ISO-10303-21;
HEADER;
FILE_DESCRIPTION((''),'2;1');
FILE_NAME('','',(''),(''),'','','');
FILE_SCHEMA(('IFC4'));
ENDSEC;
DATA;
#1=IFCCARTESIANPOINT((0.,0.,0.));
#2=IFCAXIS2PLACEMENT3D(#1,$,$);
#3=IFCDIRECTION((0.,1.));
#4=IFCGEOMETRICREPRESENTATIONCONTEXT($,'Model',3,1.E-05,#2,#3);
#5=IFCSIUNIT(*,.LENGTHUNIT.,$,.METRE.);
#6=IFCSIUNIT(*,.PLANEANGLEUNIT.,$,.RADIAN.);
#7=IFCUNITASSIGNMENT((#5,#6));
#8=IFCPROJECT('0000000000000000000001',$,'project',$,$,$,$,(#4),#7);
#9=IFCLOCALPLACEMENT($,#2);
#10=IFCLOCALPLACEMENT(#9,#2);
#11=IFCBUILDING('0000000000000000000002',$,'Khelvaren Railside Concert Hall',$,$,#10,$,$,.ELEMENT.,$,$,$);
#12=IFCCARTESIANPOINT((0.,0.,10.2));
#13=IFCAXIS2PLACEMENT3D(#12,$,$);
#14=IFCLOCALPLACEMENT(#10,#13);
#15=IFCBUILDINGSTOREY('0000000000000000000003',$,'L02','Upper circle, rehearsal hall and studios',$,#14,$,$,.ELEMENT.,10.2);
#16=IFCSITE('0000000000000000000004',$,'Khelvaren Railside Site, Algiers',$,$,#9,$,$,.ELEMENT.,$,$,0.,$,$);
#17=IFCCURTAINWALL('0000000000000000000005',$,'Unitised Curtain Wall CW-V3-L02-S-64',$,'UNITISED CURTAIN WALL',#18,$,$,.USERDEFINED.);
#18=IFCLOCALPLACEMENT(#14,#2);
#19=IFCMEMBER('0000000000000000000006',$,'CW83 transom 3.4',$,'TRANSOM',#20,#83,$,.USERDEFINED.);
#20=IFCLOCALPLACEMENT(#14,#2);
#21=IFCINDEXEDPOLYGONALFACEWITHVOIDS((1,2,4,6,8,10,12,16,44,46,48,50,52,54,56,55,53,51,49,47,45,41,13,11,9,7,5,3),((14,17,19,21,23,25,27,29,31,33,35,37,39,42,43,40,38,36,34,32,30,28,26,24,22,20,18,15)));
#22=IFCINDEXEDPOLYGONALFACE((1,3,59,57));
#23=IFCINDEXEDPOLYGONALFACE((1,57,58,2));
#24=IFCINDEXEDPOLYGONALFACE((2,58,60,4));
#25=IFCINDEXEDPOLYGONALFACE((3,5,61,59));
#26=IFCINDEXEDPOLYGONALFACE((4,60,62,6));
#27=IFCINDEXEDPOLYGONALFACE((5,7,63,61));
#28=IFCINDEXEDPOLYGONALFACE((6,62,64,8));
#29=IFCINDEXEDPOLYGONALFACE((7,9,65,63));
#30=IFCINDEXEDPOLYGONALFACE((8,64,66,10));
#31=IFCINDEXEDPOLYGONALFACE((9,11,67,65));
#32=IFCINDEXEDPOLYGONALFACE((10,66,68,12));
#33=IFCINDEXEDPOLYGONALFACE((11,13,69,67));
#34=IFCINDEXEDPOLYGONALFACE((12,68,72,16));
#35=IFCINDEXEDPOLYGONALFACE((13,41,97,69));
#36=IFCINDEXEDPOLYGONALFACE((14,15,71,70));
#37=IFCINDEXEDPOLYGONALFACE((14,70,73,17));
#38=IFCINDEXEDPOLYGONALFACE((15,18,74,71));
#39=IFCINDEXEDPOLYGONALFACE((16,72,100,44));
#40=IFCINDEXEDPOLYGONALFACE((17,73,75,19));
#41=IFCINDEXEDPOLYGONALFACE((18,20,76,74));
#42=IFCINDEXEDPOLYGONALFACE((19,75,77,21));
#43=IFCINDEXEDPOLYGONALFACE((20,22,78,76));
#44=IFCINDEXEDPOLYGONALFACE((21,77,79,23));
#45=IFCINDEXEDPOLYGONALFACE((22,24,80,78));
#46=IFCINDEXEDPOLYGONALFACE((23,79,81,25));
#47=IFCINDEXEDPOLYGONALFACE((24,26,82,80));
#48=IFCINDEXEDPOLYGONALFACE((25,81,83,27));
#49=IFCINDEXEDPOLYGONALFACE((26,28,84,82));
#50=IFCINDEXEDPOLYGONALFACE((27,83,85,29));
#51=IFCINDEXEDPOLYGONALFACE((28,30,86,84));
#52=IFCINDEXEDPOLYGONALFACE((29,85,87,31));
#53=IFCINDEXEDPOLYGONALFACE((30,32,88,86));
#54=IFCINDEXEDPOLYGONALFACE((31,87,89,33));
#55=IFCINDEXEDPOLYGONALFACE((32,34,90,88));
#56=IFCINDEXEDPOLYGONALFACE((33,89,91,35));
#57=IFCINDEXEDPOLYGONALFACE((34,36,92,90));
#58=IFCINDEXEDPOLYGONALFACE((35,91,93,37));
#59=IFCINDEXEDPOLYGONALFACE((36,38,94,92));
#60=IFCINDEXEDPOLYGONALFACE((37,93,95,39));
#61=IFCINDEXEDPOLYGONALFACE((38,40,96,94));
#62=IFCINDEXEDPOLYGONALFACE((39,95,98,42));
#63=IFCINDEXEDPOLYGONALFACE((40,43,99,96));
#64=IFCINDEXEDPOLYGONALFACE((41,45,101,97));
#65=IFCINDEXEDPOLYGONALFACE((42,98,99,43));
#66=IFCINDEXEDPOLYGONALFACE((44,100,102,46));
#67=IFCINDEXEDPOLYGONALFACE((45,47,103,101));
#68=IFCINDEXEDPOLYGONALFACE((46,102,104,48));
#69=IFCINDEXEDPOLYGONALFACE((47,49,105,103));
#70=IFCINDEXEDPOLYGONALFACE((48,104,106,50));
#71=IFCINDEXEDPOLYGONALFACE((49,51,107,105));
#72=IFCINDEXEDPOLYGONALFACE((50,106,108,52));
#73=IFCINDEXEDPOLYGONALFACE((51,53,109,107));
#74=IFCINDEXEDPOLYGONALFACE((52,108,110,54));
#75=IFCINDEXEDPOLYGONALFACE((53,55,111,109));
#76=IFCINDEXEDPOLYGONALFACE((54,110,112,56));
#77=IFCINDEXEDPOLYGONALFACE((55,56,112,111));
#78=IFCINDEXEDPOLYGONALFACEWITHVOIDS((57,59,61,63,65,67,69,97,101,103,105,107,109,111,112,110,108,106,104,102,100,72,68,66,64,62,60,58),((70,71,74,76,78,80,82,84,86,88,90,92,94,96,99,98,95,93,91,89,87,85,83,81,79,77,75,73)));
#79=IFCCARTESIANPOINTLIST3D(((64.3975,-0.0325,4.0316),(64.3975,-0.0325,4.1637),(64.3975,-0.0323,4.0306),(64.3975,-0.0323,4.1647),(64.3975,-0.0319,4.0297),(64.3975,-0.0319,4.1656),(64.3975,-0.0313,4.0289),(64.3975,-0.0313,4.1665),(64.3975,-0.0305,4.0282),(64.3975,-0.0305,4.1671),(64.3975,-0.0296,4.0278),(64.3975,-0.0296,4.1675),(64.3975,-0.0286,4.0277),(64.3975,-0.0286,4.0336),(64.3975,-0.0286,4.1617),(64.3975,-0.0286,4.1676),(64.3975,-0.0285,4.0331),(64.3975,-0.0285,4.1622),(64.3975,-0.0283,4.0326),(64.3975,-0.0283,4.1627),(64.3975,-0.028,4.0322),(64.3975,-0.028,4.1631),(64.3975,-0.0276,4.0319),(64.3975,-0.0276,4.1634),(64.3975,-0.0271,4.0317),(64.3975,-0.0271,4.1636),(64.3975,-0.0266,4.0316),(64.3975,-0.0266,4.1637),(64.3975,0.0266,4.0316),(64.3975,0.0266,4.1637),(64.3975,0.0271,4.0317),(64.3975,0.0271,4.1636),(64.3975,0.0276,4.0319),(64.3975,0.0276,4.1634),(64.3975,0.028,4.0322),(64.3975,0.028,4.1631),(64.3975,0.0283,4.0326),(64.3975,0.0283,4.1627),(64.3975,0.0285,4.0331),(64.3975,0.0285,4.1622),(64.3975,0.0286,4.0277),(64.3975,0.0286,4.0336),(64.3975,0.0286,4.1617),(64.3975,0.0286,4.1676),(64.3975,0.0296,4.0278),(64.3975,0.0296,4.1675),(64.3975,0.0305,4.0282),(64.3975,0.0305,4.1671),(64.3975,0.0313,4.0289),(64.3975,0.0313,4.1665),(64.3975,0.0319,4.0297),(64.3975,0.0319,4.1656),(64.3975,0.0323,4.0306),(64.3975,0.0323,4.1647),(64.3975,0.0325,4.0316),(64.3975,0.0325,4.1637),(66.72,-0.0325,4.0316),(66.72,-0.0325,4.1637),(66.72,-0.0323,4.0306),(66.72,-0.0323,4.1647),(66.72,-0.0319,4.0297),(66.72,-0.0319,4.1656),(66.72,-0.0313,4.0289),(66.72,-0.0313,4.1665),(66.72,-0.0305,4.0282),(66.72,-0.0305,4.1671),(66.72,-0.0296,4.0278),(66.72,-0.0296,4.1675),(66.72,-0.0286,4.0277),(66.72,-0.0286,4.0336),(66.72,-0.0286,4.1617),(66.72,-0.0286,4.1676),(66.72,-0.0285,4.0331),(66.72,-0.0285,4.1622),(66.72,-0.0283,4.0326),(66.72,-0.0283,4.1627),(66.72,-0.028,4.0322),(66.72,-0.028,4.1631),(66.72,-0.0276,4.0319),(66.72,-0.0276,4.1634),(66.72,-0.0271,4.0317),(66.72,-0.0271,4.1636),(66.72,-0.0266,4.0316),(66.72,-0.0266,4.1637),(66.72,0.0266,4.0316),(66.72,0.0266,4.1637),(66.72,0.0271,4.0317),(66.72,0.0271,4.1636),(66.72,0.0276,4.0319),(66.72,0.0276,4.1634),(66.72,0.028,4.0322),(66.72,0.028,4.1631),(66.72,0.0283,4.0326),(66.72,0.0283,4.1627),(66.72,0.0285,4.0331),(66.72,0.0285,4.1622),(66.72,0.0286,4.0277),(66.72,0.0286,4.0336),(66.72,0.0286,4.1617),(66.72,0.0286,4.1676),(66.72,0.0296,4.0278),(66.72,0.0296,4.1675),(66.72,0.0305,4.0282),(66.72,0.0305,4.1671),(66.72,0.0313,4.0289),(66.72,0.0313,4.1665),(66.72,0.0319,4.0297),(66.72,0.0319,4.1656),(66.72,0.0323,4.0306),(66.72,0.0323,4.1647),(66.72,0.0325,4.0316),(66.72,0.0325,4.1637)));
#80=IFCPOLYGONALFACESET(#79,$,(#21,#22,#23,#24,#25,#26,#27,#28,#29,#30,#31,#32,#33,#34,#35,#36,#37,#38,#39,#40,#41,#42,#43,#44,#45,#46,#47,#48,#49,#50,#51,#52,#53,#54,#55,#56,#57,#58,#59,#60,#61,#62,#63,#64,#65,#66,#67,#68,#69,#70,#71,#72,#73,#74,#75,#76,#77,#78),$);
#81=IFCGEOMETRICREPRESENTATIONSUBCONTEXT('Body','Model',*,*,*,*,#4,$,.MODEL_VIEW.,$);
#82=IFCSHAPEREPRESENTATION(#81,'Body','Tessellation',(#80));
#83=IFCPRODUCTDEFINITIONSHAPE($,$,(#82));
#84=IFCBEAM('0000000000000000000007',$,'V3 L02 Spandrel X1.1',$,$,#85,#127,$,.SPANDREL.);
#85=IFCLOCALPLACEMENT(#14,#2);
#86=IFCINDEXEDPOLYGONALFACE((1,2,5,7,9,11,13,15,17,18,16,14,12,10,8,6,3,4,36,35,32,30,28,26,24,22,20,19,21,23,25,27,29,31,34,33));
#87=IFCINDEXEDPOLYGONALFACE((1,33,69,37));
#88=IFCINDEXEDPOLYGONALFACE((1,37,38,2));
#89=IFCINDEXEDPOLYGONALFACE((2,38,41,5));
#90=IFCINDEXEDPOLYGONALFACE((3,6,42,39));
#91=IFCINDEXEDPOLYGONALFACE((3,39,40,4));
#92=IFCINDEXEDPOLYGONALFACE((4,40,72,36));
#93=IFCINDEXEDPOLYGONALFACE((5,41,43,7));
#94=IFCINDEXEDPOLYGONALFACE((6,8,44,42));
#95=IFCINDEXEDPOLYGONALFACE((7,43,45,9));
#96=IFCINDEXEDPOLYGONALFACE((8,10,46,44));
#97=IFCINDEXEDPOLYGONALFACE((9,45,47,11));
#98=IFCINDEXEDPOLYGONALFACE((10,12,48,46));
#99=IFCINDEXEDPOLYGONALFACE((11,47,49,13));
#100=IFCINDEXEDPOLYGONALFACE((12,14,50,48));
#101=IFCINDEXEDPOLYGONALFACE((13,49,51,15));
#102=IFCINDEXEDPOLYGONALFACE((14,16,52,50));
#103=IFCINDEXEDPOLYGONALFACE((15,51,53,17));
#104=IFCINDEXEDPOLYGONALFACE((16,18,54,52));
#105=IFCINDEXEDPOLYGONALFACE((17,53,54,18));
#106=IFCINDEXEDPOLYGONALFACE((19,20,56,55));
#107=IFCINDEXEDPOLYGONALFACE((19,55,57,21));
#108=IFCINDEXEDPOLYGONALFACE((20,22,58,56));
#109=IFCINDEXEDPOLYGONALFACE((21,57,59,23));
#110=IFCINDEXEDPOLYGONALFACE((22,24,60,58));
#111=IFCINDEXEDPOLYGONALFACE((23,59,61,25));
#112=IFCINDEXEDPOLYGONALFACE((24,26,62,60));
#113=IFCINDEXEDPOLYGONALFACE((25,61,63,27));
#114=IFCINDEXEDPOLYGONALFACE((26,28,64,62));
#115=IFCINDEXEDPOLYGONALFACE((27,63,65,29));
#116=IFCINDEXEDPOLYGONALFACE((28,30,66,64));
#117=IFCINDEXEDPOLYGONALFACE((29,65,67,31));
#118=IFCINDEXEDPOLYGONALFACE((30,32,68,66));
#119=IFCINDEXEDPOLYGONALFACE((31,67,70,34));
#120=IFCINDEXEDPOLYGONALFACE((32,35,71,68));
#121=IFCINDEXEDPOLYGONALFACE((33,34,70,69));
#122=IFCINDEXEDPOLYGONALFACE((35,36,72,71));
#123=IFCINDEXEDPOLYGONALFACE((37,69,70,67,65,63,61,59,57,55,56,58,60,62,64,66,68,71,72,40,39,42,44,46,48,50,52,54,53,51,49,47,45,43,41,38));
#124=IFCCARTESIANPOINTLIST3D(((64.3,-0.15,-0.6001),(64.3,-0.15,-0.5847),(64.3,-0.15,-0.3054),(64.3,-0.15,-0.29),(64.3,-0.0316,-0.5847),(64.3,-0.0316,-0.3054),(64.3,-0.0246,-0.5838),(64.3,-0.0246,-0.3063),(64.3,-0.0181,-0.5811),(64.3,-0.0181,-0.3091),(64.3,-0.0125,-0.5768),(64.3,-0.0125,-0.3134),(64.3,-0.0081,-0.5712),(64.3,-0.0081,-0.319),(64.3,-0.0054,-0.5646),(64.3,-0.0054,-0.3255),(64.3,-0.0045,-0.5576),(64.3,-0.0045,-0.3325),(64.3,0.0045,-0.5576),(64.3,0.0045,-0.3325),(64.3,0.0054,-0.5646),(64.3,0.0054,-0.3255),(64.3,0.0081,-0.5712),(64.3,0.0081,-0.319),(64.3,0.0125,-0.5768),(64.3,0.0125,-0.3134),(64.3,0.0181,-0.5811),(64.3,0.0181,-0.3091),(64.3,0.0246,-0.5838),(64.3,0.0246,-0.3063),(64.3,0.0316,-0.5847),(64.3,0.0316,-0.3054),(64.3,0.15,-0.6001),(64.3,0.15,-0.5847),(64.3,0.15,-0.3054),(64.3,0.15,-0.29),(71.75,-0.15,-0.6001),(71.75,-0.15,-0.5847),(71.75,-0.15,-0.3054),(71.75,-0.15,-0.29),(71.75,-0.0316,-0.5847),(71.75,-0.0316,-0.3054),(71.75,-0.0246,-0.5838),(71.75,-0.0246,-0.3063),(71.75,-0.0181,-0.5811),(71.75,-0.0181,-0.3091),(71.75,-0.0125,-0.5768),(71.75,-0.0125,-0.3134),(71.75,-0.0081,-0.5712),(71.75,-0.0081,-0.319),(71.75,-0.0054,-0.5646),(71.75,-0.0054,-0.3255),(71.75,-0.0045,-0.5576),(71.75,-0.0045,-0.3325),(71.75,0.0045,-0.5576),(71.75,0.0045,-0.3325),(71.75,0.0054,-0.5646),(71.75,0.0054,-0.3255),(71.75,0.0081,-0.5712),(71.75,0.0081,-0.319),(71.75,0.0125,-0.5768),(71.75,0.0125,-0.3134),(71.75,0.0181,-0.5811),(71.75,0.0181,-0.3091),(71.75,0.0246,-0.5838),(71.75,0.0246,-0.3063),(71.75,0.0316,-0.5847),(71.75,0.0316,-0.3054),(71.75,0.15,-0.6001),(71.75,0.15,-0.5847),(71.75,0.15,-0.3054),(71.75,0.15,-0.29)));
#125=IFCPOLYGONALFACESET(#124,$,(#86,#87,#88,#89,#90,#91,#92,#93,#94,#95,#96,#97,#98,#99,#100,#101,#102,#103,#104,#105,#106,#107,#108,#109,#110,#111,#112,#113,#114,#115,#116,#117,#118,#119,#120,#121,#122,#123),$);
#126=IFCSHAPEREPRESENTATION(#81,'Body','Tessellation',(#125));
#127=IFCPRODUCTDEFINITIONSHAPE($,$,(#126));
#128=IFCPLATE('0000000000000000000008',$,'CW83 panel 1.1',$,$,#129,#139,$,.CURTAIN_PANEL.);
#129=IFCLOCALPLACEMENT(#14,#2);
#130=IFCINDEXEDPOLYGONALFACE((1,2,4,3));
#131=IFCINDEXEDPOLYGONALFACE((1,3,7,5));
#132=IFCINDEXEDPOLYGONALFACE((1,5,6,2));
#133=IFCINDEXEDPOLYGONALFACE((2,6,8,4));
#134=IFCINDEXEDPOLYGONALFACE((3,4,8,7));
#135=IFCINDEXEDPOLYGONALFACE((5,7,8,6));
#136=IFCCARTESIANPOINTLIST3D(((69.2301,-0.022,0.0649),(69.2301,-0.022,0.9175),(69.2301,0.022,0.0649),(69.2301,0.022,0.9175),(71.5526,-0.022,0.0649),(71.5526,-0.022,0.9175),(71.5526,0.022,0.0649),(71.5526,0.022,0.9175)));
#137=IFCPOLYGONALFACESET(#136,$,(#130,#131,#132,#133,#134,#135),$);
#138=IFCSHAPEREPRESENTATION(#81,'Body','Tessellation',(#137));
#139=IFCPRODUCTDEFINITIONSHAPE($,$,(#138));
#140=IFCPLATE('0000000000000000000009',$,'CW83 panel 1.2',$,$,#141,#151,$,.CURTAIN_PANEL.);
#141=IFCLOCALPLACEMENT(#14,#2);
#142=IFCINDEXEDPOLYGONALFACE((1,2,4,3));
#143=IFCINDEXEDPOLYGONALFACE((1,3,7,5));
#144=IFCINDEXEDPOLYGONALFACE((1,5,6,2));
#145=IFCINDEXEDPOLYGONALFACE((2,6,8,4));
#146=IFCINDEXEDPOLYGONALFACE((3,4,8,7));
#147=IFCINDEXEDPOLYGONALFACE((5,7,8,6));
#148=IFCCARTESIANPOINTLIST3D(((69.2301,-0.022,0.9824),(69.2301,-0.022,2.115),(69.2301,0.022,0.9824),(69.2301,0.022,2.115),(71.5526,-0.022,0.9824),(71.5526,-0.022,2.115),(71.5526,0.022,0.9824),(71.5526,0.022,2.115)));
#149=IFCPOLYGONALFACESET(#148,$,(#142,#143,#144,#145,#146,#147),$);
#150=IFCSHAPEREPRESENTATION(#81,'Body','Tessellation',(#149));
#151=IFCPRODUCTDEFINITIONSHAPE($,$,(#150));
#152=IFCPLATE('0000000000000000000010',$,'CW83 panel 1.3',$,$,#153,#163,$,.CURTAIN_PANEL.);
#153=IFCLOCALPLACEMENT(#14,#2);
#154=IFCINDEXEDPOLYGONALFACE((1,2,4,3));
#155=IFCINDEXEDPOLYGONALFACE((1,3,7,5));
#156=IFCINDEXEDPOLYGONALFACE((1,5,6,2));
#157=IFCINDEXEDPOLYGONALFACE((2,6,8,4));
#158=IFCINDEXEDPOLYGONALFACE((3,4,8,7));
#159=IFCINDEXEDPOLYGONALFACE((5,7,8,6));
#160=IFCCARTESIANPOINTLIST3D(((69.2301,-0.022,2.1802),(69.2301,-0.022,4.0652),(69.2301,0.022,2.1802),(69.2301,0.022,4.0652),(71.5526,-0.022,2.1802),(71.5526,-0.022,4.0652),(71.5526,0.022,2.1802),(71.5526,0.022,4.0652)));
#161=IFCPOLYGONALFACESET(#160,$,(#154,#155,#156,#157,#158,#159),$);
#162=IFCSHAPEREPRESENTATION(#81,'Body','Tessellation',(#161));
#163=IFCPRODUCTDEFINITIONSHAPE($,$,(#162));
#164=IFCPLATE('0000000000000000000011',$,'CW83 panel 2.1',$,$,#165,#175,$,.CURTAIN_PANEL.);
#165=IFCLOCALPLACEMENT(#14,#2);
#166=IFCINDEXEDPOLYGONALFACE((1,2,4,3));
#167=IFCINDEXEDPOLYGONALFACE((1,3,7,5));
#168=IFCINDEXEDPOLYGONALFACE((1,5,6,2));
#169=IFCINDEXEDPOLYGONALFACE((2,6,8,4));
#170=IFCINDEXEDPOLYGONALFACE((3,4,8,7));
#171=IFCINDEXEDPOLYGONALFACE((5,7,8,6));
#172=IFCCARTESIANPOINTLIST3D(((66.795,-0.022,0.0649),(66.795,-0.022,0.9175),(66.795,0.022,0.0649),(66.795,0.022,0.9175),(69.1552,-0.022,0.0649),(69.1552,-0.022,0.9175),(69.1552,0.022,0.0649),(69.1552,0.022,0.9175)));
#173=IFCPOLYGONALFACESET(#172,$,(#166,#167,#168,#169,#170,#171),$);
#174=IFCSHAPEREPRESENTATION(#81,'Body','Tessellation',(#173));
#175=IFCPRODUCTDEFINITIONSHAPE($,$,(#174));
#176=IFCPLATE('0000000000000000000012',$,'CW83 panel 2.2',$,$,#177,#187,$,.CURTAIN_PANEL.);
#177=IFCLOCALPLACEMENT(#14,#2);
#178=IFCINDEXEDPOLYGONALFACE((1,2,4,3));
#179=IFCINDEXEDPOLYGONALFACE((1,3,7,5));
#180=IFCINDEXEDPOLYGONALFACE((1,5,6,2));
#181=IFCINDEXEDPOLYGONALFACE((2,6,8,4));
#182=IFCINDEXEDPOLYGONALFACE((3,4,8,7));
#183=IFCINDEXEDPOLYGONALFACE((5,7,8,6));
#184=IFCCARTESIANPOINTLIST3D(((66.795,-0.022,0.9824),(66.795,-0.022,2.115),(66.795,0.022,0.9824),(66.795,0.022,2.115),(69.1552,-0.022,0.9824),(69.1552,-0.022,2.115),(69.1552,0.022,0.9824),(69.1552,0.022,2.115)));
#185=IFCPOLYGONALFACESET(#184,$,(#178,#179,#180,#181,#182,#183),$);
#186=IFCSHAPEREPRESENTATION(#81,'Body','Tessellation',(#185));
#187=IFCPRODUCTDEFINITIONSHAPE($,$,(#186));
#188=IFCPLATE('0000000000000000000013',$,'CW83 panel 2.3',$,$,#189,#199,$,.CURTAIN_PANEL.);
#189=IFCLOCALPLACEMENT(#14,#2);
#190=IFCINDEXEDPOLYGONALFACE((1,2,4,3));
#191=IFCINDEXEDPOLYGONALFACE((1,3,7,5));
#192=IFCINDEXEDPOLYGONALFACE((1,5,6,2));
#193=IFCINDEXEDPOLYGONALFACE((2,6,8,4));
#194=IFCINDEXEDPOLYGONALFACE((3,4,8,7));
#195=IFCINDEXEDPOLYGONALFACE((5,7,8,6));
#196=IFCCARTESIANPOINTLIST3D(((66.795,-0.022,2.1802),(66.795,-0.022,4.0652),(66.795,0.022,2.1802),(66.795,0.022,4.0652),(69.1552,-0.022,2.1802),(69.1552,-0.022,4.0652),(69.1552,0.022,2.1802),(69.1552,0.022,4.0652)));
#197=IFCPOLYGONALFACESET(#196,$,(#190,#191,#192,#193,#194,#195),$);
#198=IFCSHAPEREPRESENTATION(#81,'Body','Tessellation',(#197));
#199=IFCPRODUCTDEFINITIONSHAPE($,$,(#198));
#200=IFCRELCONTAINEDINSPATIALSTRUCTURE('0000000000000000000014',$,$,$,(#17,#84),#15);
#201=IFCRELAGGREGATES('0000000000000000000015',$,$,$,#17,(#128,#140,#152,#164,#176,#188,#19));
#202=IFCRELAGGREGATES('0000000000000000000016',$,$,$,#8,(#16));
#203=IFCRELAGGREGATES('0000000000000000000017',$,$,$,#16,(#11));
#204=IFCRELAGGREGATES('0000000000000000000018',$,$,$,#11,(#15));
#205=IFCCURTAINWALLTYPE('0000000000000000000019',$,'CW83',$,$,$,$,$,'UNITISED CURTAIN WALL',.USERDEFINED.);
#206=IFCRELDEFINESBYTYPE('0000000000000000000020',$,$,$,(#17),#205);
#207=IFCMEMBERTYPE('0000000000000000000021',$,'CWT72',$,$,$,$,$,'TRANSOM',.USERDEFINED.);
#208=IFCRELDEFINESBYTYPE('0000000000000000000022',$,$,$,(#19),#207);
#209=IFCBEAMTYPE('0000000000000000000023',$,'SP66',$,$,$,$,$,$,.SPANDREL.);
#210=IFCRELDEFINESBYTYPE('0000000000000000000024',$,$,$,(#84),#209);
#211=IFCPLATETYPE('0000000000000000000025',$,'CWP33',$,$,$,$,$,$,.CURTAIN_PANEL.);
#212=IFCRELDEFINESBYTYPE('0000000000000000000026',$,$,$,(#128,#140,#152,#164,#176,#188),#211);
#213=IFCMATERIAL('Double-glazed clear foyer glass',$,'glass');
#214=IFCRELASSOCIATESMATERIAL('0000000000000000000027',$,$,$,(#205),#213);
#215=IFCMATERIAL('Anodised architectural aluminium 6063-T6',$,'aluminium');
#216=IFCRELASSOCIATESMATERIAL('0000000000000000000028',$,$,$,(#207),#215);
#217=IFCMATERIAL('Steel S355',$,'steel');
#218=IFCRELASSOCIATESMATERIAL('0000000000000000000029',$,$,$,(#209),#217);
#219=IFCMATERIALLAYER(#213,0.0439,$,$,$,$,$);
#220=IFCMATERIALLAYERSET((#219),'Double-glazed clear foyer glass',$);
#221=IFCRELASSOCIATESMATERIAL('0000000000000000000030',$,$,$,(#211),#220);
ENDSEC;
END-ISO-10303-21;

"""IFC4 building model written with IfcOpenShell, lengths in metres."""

from ifc_helpers import new_model, si_unit, direction, frame, origin, origin_2d, place, context, subcontext, project, spatial, rectangle, hollow_rectangle, i_section, extrude, material, layer, layer_set, material_profile, profile_set, type_object, element, aggregate, save


model = new_model("IFC4")

# Units and contexts
model_context = context("Model", 3, precision=1e-05, world=origin(), true_north=direction((0.0, 1.0)))
body_context = subcontext(model_context, "Body", "Model", "MODEL_VIEW")
ifc_project = project(units=[si_unit("LENGTHUNIT", "METRE"), si_unit("PLANEANGLEUNIT", "RADIAN")], contexts=[model_context])

# Site, building, storey
site_placement = place(None, origin())
site = spatial("IfcSite", under=ifc_project, at=site_placement, Name="Khelvaren Railside Site, Algiers", CompositionType="ELEMENT", RefElevation=0.0)
building_placement = place(site_placement, origin())
building = spatial("IfcBuilding", under=site, at=building_placement, Name="Khelvaren Railside Concert Hall", CompositionType="ELEMENT")
storey_placement = place(building_placement, frame((0.0, 0.0, 10.2)))
storey = spatial("IfcBuildingStorey", under=building, at=storey_placement, Name="L02", Description="Upper circle, rehearsal hall and studios", CompositionType="ELEMENT", Elevation=10.2)

# Curtain wall, member
ifc_material_1 = material(Name="Double-glazed clear foyer glass", Category="glass")
curtain_wall_type = type_object("IfcCurtainWallType", Name="CW83", ElementType="UNITISED CURTAIN WALL", PredefinedType="USERDEFINED", material=ifc_material_1)
curtain_wall_placement = place(storey_placement, origin())
curtain_wall = element("IfcCurtainWall", 1, at=curtain_wall_placement, inside=storey, type_object=curtain_wall_type, Name="Unitised Curtain Wall CW-V3-L02-S-64", ObjectType="UNITISED CURTAIN WALL", PredefinedType="USERDEFINED")
ifc_material_2 = material(Name="Anodised architectural aluminium 6063-T6", Category="aluminium")
ifc_material_profile_1 = material_profile(ifc_material_2, hollow_rectangle(XDim=0.0649, YDim=0.1399, WallThickness=0.0039, InnerFilletRadius=0.002, OuterFilletRadius=0.0039, at=origin_2d()), Name="CWT 65x140x4")
ifc_profile_set_1 = profile_set([ifc_material_profile_1], Name="Anodised architectural aluminium 6063-T6")
member_type_1 = type_object("IfcMemberType", Name="CWT72", ElementType="TRANSOM", PredefinedType="USERDEFINED", material=ifc_profile_set_1)
member_1_placement = place(storey_placement, frame((66.72, 0.0, 4.0977), z_axis=(-1.0, 0.0, 0.0), x_axis=(0.0, -1.0, 0.0)))
member_1 = element("IfcMember", 2, at=member_1_placement, type_object=member_type_1, Name="CW83 transom 3.4", ObjectType="TRANSOM", PredefinedType="USERDEFINED", context=body_context, shape_type="SweptSolid", body=[
    extrude(hollow_rectangle(XDim=0.0649, YDim=0.1399, WallThickness=0.0039, InnerFilletRadius=0.002, OuterFilletRadius=0.0039, at=origin_2d()), origin(), (0.0, 0.0, 1.0), 2.3225),
])

# Beam
ifc_material_3 = material(Name="Steel S355", Category="steel")
ifc_material_profile_2 = material_profile(ifc_material_3, i_section(OverallWidth=0.3, OverallDepth=0.3101, WebThickness=0.009, FlangeThickness=0.0154, FilletRadius=0.0271, at=origin_2d()), Name="HEA 320")
ifc_profile_set_2 = profile_set([ifc_material_profile_2], Name="Steel S355")
beam_type = type_object("IfcBeamType", Name="SP66", PredefinedType="SPANDREL", material=ifc_profile_set_2)
beam_placement = place(storey_placement, frame((64.3, 0.0, -0.4451), z_axis=(1.0, 0.0, 0.0), x_axis=(0.0, 1.0, 0.0)))
element("IfcBeam", 3, at=beam_placement, inside=storey, type_object=beam_type, Name="V3 L02 Spandrel X1.1", PredefinedType="SPANDREL", context=body_context, shape_type="SweptSolid", body=[
    extrude(i_section(OverallWidth=0.3, OverallDepth=0.3101, WebThickness=0.009, FlangeThickness=0.0154, FilletRadius=0.0271, at=origin_2d()), origin(), (0.0, 0.0, 1.0), 7.45),
])

# Plates
ifc_layer = layer(ifc_material_1, 0.0439)
ifc_layer_set = layer_set([ifc_layer], Name="Double-glazed clear foyer glass")
plate_type = type_object("IfcPlateType", Name="CWP33", PredefinedType="CURTAIN_PANEL", material=ifc_layer_set)
plate_1_placement = place(storey_placement, frame((70.3914, 0.0, 0.0649), z_axis=(0.0, 0.0, 1.0), x_axis=(-1.0, 0.0, 0.0)))
plate_1 = element("IfcPlate", 4, at=plate_1_placement, type_object=plate_type, Name="CW83 panel 1.1", PredefinedType="CURTAIN_PANEL", context=body_context, shape_type="SweptSolid", body=[
    extrude(rectangle(XDim=2.3225, YDim=0.0439, at=origin_2d()), origin(), (0.0, 0.0, 1.0), 0.8525),
])
plate_2_placement = place(storey_placement, frame((70.3914, 0.0, 0.9824), z_axis=(0.0, 0.0, 1.0), x_axis=(-1.0, 0.0, 0.0)))
plate_2 = element("IfcPlate", 5, at=plate_2_placement, type_object=plate_type, Name="CW83 panel 1.2", PredefinedType="CURTAIN_PANEL", context=body_context, shape_type="SweptSolid", body=[
    extrude(rectangle(XDim=2.3225, YDim=0.0439, at=origin_2d()), origin(), (0.0, 0.0, 1.0), 1.1326),
])
plate_3_placement = place(storey_placement, frame((70.3914, 0.0, 2.1802), z_axis=(0.0, 0.0, 1.0), x_axis=(-1.0, 0.0, 0.0)))
plate_3 = element("IfcPlate", 6, at=plate_3_placement, type_object=plate_type, Name="CW83 panel 1.3", PredefinedType="CURTAIN_PANEL", context=body_context, shape_type="SweptSolid", body=[
    extrude(rectangle(XDim=2.3225, YDim=0.0439, at=origin_2d()), origin(), (0.0, 0.0, 1.0), 1.885),
])
plate_4_placement = place(storey_placement, frame((67.9751, 0.0, 0.0649), z_axis=(0.0, 0.0, 1.0), x_axis=(-1.0, 0.0, 0.0)))
plate_4 = element("IfcPlate", 7, at=plate_4_placement, type_object=plate_type, Name="CW83 panel 2.1", PredefinedType="CURTAIN_PANEL", context=body_context, shape_type="SweptSolid", body=[
    extrude(rectangle(XDim=2.3601, YDim=0.0439, at=origin_2d()), origin(), (0.0, 0.0, 1.0), 0.8525),
])
plate_5_placement = place(storey_placement, frame((67.9751, 0.0, 0.9824), z_axis=(0.0, 0.0, 1.0), x_axis=(-1.0, 0.0, 0.0)))
plate_5 = element("IfcPlate", 8, at=plate_5_placement, type_object=plate_type, Name="CW83 panel 2.2", PredefinedType="CURTAIN_PANEL", context=body_context, shape_type="SweptSolid", body=[
    extrude(rectangle(XDim=2.3601, YDim=0.0439, at=origin_2d()), origin(), (0.0, 0.0, 1.0), 1.1326),
])
plate_6_placement = place(storey_placement, frame((67.9751, 0.0, 2.1802), z_axis=(0.0, 0.0, 1.0), x_axis=(-1.0, 0.0, 0.0)))
plate_6 = element("IfcPlate", 9, at=plate_6_placement, type_object=plate_type, Name="CW83 panel 2.3", PredefinedType="CURTAIN_PANEL", context=body_context, shape_type="SweptSolid", body=[
    extrude(rectangle(XDim=2.3601, YDim=0.0439, at=origin_2d()), origin(), (0.0, 0.0, 1.0), 1.885),
])
aggregate(curtain_wall, [plate_1, plate_2, plate_3, plate_4, plate_5, plate_6, member_1])

save(model, "model.ifc")
